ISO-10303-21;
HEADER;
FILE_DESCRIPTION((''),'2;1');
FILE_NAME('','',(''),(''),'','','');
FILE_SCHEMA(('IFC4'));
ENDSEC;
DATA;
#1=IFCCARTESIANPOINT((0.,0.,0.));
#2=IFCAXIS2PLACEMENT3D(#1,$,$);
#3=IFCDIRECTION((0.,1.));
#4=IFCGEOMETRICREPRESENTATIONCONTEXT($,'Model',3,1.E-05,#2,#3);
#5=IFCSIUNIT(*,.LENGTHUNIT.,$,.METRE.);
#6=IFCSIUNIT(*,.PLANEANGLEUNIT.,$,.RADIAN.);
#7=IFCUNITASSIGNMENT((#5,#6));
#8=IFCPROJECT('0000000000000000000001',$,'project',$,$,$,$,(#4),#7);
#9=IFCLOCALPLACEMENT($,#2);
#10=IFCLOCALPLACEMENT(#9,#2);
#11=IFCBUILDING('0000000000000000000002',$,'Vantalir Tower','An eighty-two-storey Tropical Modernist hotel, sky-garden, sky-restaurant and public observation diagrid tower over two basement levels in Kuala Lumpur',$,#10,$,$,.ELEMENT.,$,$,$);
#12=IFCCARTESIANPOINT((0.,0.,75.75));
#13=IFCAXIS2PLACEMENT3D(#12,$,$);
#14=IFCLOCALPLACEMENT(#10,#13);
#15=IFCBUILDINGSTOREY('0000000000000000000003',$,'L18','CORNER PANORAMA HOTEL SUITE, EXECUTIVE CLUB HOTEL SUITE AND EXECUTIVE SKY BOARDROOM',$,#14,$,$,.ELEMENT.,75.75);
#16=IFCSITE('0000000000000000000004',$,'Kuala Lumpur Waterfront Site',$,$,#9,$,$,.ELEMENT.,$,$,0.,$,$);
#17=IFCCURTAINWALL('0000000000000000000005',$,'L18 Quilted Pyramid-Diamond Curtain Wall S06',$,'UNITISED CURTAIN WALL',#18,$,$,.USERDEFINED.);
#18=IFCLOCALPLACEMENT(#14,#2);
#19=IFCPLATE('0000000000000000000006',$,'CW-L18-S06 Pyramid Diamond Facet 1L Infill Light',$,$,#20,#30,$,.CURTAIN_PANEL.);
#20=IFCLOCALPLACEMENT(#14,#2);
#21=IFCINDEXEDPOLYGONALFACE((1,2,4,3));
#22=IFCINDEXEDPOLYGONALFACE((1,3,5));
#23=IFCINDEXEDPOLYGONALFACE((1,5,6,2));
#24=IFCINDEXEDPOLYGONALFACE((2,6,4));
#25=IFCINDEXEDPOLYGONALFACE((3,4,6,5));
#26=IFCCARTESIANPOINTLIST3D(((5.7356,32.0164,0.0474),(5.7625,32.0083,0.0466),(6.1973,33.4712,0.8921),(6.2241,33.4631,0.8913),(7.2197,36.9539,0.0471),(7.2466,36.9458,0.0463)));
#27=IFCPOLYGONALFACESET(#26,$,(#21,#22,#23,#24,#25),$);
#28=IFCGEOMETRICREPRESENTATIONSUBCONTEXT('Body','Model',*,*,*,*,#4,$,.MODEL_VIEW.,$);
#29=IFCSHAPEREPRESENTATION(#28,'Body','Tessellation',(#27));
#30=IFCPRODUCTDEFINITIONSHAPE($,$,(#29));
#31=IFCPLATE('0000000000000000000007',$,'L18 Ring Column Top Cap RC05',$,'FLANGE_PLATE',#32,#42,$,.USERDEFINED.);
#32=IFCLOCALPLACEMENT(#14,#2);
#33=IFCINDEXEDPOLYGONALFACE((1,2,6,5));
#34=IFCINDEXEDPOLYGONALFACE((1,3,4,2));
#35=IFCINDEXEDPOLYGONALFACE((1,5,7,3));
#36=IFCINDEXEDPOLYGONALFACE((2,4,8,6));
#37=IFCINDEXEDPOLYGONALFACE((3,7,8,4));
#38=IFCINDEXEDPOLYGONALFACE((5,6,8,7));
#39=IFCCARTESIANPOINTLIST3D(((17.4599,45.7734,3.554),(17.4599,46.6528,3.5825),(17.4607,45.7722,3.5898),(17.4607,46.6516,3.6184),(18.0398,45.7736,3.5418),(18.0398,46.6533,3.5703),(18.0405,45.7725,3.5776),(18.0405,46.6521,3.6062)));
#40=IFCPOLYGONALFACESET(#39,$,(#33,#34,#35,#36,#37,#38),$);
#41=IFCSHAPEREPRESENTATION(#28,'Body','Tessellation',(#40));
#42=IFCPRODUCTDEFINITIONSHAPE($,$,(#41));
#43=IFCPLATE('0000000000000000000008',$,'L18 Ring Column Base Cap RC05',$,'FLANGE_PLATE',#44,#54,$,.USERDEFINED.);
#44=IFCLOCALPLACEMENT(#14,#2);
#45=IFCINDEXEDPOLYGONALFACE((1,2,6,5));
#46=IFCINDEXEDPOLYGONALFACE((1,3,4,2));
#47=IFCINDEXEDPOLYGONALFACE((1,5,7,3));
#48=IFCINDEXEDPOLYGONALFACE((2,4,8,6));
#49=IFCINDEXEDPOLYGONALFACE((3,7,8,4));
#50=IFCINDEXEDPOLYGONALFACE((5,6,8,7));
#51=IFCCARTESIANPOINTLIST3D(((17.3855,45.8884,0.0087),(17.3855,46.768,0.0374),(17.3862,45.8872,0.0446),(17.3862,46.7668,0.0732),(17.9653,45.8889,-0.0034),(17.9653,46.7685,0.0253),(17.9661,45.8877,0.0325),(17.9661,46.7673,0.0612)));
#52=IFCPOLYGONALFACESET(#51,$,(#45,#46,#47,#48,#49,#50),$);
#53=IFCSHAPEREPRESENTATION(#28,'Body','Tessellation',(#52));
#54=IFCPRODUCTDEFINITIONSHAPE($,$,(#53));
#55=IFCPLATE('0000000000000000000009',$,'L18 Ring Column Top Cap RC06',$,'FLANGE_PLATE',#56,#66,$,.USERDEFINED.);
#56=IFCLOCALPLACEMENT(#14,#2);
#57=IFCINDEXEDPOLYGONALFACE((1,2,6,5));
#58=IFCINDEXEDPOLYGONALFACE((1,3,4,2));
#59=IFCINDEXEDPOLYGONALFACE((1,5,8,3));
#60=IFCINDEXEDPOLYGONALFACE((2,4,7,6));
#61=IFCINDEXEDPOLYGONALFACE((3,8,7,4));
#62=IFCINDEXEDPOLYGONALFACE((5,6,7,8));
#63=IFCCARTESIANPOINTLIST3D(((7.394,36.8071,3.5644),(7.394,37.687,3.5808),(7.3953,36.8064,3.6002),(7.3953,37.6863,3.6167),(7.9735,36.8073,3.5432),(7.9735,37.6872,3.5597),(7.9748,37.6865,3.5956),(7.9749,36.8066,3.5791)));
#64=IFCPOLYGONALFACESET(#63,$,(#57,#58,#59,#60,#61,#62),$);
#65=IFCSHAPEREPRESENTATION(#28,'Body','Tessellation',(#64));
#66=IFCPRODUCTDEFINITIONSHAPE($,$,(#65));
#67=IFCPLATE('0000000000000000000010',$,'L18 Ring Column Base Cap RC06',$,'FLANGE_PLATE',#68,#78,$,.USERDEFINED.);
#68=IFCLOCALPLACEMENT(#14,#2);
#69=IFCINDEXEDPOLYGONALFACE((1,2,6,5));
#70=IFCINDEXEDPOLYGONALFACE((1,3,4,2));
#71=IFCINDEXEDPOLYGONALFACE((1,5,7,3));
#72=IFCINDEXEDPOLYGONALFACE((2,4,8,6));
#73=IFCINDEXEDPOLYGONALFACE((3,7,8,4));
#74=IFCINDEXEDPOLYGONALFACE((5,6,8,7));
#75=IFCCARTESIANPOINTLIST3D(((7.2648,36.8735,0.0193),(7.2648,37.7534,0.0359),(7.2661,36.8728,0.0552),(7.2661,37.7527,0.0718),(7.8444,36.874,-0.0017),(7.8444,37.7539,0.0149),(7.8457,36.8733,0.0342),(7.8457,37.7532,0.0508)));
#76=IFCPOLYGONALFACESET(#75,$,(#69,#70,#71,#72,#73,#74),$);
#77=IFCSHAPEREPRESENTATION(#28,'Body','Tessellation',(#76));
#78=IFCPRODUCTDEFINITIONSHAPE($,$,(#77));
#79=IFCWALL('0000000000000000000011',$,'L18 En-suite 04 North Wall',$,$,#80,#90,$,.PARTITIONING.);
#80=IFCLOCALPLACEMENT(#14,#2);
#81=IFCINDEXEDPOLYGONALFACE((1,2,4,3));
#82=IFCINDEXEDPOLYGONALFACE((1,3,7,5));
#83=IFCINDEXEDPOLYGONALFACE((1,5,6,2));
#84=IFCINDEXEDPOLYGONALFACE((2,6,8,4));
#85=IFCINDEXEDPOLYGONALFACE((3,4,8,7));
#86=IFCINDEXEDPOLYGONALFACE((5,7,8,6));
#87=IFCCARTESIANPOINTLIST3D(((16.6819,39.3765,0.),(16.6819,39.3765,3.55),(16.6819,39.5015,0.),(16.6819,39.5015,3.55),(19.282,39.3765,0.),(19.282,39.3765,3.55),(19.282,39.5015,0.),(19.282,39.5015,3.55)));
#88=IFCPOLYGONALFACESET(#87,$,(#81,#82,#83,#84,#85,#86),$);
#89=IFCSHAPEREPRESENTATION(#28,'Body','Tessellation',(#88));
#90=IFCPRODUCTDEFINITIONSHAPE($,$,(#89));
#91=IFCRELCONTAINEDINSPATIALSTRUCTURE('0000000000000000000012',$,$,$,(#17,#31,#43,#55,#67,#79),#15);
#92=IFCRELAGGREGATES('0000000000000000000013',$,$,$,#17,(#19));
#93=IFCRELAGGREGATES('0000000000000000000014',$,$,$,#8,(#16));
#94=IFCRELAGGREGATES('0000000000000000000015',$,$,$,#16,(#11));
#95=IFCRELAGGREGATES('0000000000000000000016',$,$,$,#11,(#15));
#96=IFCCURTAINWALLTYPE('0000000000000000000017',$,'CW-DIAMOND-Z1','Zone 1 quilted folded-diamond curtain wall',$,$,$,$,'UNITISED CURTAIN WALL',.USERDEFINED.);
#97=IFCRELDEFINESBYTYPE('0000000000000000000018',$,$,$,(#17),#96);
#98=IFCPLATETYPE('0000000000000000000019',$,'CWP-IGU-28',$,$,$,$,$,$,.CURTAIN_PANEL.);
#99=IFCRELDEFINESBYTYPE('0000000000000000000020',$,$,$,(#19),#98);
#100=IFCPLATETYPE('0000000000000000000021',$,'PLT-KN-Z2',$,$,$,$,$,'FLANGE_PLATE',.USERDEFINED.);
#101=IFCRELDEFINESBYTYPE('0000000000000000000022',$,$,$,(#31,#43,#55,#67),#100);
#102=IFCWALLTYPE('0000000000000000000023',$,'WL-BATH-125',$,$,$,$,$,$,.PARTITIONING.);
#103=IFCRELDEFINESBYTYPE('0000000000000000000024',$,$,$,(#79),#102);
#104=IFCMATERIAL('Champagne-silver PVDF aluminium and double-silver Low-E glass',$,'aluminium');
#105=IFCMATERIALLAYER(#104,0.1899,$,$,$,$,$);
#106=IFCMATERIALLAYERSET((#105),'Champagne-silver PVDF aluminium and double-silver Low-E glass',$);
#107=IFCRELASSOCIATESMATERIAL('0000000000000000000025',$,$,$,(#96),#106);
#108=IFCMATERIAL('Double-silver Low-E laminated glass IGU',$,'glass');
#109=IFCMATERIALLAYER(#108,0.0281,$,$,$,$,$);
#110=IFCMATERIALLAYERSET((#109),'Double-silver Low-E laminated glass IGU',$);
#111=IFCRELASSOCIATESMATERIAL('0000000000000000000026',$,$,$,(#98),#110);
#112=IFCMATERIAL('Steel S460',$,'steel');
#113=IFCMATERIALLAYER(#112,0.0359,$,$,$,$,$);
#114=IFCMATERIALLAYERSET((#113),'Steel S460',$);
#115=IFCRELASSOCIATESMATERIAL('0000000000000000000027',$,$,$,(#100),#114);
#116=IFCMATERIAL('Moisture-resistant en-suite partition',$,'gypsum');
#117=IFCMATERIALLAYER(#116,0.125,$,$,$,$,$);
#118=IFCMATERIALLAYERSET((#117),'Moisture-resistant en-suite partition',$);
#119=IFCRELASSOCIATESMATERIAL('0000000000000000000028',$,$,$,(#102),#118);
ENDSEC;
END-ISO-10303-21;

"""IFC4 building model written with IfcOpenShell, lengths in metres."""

from ifc_helpers import new_model, si_unit, direction, frame, frame_2d, origin, place, context, subcontext, project, spatial, polyline, rectangle, outline, extrude, material, layer, layer_set, type_object, element, aggregate, save


model = new_model("IFC4")

# Units and contexts
model_context = context("Model", 3, precision=1e-05, world=origin(), true_north=direction((0.0, 1.0)))
body_context = subcontext(model_context, "Body", "Model", "MODEL_VIEW")
ifc_project = project(units=[si_unit("LENGTHUNIT", "METRE"), si_unit("PLANEANGLEUNIT", "RADIAN")], contexts=[model_context])

# Site, building, storey
site_placement = place(None, origin())
site = spatial("IfcSite", under=ifc_project, at=site_placement, Name="Kuala Lumpur Waterfront Site", CompositionType="ELEMENT", RefElevation=0.0)
building_placement = place(site_placement, origin())
building = spatial("IfcBuilding", under=site, at=building_placement, Name="Vantalir Tower", Description="An eighty-two-storey Tropical Modernist hotel, sky-garden, sky-restaurant and public observation diagrid tower over two basement levels in Kuala Lumpur", CompositionType="ELEMENT")
storey_placement = place(building_placement, frame((0.0, 0.0, 75.75)))
storey = spatial("IfcBuildingStorey", under=building, at=storey_placement, Name="L18", Description="CORNER PANORAMA HOTEL SUITE, EXECUTIVE CLUB HOTEL SUITE AND EXECUTIVE SKY BOARDROOM", CompositionType="ELEMENT", Elevation=75.75)

# Shared definitions
ifc_material_1 = material(Name="Steel S460", Category="steel")

# Shared definitions
ifc_material_2 = material(Name="Champagne-silver PVDF aluminium and double-silver Low-E glass", Category="aluminium")
ifc_layer_1 = layer(ifc_material_2, 0.1899)
ifc_layer_set_1 = layer_set([ifc_layer_1], Name="Champagne-silver PVDF aluminium and double-silver Low-E glass")
curtain_wall_type = type_object("IfcCurtainWallType", Name="CW-DIAMOND-Z1", Description="Zone 1 quilted folded-diamond curtain wall", ElementType="UNITISED CURTAIN WALL", PredefinedType="USERDEFINED", material=ifc_layer_set_1)

# Curtain wall
curtain_wall_1_placement = place(storey_placement, origin())
curtain_wall_1 = element("IfcCurtainWall", 1, at=curtain_wall_1_placement, inside=storey, type_object=curtain_wall_type, Name="L18 Quilted Pyramid-Diamond Curtain Wall S06", ObjectType="UNITISED CURTAIN WALL", PredefinedType="USERDEFINED")

# Plate
ifc_material_3 = material(Name="Double-silver Low-E laminated glass IGU", Category="glass")
ifc_layer_2 = layer(ifc_material_3, 0.0281)
ifc_layer_set_2 = layer_set([ifc_layer_2], Name="Double-silver Low-E laminated glass IGU")
plate_type_1 = type_object("IfcPlateType", Name="CWP-IGU-28", PredefinedType="CURTAIN_PANEL", material=ifc_layer_set_2)
plate_1_placement = place(storey_placement, frame((7.2197, 36.9539, 0.0471), z_axis=(-0.957307, 0.287752, 0.027617), x_axis=(-0.28786, -0.957672, 0.000047)))
plate_1 = element("IfcPlate", 2, at=plate_1_placement, type_object=plate_type_1, Name="CW-L18-S06 Pyramid Diamond Facet 1L Infill Light", PredefinedType="CURTAIN_PANEL", context=body_context, shape_type="SweptSolid", body=[
    extrude(outline(polyline([(0.0, 0.0), (5.1557, 0.0), (3.6296, 0.8451), (0.0, 0.0)])), origin(), (0.0, 0.0, -1.0), 0.0281),
])
aggregate(curtain_wall_1, [plate_1])

# Plates
ifc_layer_3 = layer(ifc_material_1, 0.0359)
ifc_layer_set_3 = layer_set([ifc_layer_3], Name="Steel S460")
plate_type_2 = type_object("IfcPlateType", Name="PLT-KN-Z2", ElementType="FLANGE_PLATE", PredefinedType="USERDEFINED", material=ifc_layer_set_3)
plate_2_placement = place(storey_placement, frame((17.4607, 46.6516, 3.6184), z_axis=(0.021057, -0.032453, 0.999251), x_axis=(0.0, -0.999473, -0.03246)))
element("IfcPlate", 3, at=plate_2_placement, inside=storey, type_object=plate_type_2, Name="L18 Ring Column Top Cap RC05", ObjectType="FLANGE_PLATE", PredefinedType="USERDEFINED", context=body_context, shape_type="SweptSolid", body=[
    extrude(outline(polyline([(0.0, 0.0), (0.8799, 0.0), (0.88, 0.58), (-0.0001, 0.58), (0.0, 0.0)])), origin(), (0.0, 0.0, -1.0), 0.0359),
])
plate_3_placement = place(storey_placement, frame((17.3862, 46.7668, 0.0732), z_axis=(0.020854, -0.032587, 0.999251), x_axis=(-0.000003, -0.999469, -0.032594)))
element("IfcPlate", 4, at=plate_3_placement, inside=storey, type_object=plate_type_2, Name="L18 Ring Column Base Cap RC05", ObjectType="FLANGE_PLATE", PredefinedType="USERDEFINED", context=body_context, shape_type="SweptSolid", body=[
    extrude(outline(polyline([(0.0, 0.0), (0.8801, 0.0), (0.88, 0.58), (-0.0001, 0.58), (0.0, 0.0)])), origin(), (0.0, 0.0, -1.0), 0.0359),
])
plate_4_placement = place(storey_placement, frame((7.3953, 37.6863, 3.6167), z_axis=(0.036414, -0.018713, 0.999162), x_axis=(-0.000005, -0.999825, -0.018726)))
element("IfcPlate", 5, at=plate_4_placement, inside=storey, type_object=plate_type_2, Name="L18 Ring Column Top Cap RC06", ObjectType="FLANGE_PLATE", PredefinedType="USERDEFINED", context=body_context, shape_type="SweptSolid", body=[
    extrude(outline(polyline([(0.0, 0.0), (0.88, 0.0), (0.8802, 0.58), (0.0001, 0.58), (0.0, 0.0)])), origin(), (0.0, 0.0, -1.0), 0.0359),
])
plate_5_placement = place(storey_placement, frame((7.2661, 37.7527, 0.0718), z_axis=(0.036211, -0.018852, 0.999166), x_axis=(0.0, -0.999822, -0.018865)))
element("IfcPlate", 6, at=plate_5_placement, inside=storey, type_object=plate_type_2, Name="L18 Ring Column Base Cap RC06", ObjectType="FLANGE_PLATE", PredefinedType="USERDEFINED", context=body_context, shape_type="SweptSolid", body=[
    extrude(outline(polyline([(0.0, 0.0), (0.88, 0.0), (0.8799, 0.58), (-0.0001, 0.58), (0.0, 0.0)])), origin(), (0.0, 0.0, -1.0), 0.0359),
])

# Wall
ifc_material_4 = material(Name="Moisture-resistant en-suite partition", Category="gypsum")
ifc_layer_4 = layer(ifc_material_4, 0.125)
ifc_layer_set_4 = layer_set([ifc_layer_4], Name="Moisture-resistant en-suite partition")
wall_type = type_object("IfcWallType", Name="WL-BATH-125", PredefinedType="PARTITIONING", material=ifc_layer_set_4)
wall_placement = place(storey_placement, frame((16.6819, 39.439, 0.0), z_axis=(0.0, 0.0, 1.0), x_axis=(1.0, 0.0, 0.0)))
element("IfcWall", 7, at=wall_placement, inside=storey, type_object=wall_type, Name="L18 En-suite 04 North Wall", PredefinedType="PARTITIONING", context=body_context, shape_type="SweptSolid", body=[
    extrude(rectangle(XDim=2.6001, YDim=0.125, at=frame_2d((1.3, 0.0))), origin(), (0.0, 0.0, 1.0), 3.55),
])

save(model, "model.ifc")
